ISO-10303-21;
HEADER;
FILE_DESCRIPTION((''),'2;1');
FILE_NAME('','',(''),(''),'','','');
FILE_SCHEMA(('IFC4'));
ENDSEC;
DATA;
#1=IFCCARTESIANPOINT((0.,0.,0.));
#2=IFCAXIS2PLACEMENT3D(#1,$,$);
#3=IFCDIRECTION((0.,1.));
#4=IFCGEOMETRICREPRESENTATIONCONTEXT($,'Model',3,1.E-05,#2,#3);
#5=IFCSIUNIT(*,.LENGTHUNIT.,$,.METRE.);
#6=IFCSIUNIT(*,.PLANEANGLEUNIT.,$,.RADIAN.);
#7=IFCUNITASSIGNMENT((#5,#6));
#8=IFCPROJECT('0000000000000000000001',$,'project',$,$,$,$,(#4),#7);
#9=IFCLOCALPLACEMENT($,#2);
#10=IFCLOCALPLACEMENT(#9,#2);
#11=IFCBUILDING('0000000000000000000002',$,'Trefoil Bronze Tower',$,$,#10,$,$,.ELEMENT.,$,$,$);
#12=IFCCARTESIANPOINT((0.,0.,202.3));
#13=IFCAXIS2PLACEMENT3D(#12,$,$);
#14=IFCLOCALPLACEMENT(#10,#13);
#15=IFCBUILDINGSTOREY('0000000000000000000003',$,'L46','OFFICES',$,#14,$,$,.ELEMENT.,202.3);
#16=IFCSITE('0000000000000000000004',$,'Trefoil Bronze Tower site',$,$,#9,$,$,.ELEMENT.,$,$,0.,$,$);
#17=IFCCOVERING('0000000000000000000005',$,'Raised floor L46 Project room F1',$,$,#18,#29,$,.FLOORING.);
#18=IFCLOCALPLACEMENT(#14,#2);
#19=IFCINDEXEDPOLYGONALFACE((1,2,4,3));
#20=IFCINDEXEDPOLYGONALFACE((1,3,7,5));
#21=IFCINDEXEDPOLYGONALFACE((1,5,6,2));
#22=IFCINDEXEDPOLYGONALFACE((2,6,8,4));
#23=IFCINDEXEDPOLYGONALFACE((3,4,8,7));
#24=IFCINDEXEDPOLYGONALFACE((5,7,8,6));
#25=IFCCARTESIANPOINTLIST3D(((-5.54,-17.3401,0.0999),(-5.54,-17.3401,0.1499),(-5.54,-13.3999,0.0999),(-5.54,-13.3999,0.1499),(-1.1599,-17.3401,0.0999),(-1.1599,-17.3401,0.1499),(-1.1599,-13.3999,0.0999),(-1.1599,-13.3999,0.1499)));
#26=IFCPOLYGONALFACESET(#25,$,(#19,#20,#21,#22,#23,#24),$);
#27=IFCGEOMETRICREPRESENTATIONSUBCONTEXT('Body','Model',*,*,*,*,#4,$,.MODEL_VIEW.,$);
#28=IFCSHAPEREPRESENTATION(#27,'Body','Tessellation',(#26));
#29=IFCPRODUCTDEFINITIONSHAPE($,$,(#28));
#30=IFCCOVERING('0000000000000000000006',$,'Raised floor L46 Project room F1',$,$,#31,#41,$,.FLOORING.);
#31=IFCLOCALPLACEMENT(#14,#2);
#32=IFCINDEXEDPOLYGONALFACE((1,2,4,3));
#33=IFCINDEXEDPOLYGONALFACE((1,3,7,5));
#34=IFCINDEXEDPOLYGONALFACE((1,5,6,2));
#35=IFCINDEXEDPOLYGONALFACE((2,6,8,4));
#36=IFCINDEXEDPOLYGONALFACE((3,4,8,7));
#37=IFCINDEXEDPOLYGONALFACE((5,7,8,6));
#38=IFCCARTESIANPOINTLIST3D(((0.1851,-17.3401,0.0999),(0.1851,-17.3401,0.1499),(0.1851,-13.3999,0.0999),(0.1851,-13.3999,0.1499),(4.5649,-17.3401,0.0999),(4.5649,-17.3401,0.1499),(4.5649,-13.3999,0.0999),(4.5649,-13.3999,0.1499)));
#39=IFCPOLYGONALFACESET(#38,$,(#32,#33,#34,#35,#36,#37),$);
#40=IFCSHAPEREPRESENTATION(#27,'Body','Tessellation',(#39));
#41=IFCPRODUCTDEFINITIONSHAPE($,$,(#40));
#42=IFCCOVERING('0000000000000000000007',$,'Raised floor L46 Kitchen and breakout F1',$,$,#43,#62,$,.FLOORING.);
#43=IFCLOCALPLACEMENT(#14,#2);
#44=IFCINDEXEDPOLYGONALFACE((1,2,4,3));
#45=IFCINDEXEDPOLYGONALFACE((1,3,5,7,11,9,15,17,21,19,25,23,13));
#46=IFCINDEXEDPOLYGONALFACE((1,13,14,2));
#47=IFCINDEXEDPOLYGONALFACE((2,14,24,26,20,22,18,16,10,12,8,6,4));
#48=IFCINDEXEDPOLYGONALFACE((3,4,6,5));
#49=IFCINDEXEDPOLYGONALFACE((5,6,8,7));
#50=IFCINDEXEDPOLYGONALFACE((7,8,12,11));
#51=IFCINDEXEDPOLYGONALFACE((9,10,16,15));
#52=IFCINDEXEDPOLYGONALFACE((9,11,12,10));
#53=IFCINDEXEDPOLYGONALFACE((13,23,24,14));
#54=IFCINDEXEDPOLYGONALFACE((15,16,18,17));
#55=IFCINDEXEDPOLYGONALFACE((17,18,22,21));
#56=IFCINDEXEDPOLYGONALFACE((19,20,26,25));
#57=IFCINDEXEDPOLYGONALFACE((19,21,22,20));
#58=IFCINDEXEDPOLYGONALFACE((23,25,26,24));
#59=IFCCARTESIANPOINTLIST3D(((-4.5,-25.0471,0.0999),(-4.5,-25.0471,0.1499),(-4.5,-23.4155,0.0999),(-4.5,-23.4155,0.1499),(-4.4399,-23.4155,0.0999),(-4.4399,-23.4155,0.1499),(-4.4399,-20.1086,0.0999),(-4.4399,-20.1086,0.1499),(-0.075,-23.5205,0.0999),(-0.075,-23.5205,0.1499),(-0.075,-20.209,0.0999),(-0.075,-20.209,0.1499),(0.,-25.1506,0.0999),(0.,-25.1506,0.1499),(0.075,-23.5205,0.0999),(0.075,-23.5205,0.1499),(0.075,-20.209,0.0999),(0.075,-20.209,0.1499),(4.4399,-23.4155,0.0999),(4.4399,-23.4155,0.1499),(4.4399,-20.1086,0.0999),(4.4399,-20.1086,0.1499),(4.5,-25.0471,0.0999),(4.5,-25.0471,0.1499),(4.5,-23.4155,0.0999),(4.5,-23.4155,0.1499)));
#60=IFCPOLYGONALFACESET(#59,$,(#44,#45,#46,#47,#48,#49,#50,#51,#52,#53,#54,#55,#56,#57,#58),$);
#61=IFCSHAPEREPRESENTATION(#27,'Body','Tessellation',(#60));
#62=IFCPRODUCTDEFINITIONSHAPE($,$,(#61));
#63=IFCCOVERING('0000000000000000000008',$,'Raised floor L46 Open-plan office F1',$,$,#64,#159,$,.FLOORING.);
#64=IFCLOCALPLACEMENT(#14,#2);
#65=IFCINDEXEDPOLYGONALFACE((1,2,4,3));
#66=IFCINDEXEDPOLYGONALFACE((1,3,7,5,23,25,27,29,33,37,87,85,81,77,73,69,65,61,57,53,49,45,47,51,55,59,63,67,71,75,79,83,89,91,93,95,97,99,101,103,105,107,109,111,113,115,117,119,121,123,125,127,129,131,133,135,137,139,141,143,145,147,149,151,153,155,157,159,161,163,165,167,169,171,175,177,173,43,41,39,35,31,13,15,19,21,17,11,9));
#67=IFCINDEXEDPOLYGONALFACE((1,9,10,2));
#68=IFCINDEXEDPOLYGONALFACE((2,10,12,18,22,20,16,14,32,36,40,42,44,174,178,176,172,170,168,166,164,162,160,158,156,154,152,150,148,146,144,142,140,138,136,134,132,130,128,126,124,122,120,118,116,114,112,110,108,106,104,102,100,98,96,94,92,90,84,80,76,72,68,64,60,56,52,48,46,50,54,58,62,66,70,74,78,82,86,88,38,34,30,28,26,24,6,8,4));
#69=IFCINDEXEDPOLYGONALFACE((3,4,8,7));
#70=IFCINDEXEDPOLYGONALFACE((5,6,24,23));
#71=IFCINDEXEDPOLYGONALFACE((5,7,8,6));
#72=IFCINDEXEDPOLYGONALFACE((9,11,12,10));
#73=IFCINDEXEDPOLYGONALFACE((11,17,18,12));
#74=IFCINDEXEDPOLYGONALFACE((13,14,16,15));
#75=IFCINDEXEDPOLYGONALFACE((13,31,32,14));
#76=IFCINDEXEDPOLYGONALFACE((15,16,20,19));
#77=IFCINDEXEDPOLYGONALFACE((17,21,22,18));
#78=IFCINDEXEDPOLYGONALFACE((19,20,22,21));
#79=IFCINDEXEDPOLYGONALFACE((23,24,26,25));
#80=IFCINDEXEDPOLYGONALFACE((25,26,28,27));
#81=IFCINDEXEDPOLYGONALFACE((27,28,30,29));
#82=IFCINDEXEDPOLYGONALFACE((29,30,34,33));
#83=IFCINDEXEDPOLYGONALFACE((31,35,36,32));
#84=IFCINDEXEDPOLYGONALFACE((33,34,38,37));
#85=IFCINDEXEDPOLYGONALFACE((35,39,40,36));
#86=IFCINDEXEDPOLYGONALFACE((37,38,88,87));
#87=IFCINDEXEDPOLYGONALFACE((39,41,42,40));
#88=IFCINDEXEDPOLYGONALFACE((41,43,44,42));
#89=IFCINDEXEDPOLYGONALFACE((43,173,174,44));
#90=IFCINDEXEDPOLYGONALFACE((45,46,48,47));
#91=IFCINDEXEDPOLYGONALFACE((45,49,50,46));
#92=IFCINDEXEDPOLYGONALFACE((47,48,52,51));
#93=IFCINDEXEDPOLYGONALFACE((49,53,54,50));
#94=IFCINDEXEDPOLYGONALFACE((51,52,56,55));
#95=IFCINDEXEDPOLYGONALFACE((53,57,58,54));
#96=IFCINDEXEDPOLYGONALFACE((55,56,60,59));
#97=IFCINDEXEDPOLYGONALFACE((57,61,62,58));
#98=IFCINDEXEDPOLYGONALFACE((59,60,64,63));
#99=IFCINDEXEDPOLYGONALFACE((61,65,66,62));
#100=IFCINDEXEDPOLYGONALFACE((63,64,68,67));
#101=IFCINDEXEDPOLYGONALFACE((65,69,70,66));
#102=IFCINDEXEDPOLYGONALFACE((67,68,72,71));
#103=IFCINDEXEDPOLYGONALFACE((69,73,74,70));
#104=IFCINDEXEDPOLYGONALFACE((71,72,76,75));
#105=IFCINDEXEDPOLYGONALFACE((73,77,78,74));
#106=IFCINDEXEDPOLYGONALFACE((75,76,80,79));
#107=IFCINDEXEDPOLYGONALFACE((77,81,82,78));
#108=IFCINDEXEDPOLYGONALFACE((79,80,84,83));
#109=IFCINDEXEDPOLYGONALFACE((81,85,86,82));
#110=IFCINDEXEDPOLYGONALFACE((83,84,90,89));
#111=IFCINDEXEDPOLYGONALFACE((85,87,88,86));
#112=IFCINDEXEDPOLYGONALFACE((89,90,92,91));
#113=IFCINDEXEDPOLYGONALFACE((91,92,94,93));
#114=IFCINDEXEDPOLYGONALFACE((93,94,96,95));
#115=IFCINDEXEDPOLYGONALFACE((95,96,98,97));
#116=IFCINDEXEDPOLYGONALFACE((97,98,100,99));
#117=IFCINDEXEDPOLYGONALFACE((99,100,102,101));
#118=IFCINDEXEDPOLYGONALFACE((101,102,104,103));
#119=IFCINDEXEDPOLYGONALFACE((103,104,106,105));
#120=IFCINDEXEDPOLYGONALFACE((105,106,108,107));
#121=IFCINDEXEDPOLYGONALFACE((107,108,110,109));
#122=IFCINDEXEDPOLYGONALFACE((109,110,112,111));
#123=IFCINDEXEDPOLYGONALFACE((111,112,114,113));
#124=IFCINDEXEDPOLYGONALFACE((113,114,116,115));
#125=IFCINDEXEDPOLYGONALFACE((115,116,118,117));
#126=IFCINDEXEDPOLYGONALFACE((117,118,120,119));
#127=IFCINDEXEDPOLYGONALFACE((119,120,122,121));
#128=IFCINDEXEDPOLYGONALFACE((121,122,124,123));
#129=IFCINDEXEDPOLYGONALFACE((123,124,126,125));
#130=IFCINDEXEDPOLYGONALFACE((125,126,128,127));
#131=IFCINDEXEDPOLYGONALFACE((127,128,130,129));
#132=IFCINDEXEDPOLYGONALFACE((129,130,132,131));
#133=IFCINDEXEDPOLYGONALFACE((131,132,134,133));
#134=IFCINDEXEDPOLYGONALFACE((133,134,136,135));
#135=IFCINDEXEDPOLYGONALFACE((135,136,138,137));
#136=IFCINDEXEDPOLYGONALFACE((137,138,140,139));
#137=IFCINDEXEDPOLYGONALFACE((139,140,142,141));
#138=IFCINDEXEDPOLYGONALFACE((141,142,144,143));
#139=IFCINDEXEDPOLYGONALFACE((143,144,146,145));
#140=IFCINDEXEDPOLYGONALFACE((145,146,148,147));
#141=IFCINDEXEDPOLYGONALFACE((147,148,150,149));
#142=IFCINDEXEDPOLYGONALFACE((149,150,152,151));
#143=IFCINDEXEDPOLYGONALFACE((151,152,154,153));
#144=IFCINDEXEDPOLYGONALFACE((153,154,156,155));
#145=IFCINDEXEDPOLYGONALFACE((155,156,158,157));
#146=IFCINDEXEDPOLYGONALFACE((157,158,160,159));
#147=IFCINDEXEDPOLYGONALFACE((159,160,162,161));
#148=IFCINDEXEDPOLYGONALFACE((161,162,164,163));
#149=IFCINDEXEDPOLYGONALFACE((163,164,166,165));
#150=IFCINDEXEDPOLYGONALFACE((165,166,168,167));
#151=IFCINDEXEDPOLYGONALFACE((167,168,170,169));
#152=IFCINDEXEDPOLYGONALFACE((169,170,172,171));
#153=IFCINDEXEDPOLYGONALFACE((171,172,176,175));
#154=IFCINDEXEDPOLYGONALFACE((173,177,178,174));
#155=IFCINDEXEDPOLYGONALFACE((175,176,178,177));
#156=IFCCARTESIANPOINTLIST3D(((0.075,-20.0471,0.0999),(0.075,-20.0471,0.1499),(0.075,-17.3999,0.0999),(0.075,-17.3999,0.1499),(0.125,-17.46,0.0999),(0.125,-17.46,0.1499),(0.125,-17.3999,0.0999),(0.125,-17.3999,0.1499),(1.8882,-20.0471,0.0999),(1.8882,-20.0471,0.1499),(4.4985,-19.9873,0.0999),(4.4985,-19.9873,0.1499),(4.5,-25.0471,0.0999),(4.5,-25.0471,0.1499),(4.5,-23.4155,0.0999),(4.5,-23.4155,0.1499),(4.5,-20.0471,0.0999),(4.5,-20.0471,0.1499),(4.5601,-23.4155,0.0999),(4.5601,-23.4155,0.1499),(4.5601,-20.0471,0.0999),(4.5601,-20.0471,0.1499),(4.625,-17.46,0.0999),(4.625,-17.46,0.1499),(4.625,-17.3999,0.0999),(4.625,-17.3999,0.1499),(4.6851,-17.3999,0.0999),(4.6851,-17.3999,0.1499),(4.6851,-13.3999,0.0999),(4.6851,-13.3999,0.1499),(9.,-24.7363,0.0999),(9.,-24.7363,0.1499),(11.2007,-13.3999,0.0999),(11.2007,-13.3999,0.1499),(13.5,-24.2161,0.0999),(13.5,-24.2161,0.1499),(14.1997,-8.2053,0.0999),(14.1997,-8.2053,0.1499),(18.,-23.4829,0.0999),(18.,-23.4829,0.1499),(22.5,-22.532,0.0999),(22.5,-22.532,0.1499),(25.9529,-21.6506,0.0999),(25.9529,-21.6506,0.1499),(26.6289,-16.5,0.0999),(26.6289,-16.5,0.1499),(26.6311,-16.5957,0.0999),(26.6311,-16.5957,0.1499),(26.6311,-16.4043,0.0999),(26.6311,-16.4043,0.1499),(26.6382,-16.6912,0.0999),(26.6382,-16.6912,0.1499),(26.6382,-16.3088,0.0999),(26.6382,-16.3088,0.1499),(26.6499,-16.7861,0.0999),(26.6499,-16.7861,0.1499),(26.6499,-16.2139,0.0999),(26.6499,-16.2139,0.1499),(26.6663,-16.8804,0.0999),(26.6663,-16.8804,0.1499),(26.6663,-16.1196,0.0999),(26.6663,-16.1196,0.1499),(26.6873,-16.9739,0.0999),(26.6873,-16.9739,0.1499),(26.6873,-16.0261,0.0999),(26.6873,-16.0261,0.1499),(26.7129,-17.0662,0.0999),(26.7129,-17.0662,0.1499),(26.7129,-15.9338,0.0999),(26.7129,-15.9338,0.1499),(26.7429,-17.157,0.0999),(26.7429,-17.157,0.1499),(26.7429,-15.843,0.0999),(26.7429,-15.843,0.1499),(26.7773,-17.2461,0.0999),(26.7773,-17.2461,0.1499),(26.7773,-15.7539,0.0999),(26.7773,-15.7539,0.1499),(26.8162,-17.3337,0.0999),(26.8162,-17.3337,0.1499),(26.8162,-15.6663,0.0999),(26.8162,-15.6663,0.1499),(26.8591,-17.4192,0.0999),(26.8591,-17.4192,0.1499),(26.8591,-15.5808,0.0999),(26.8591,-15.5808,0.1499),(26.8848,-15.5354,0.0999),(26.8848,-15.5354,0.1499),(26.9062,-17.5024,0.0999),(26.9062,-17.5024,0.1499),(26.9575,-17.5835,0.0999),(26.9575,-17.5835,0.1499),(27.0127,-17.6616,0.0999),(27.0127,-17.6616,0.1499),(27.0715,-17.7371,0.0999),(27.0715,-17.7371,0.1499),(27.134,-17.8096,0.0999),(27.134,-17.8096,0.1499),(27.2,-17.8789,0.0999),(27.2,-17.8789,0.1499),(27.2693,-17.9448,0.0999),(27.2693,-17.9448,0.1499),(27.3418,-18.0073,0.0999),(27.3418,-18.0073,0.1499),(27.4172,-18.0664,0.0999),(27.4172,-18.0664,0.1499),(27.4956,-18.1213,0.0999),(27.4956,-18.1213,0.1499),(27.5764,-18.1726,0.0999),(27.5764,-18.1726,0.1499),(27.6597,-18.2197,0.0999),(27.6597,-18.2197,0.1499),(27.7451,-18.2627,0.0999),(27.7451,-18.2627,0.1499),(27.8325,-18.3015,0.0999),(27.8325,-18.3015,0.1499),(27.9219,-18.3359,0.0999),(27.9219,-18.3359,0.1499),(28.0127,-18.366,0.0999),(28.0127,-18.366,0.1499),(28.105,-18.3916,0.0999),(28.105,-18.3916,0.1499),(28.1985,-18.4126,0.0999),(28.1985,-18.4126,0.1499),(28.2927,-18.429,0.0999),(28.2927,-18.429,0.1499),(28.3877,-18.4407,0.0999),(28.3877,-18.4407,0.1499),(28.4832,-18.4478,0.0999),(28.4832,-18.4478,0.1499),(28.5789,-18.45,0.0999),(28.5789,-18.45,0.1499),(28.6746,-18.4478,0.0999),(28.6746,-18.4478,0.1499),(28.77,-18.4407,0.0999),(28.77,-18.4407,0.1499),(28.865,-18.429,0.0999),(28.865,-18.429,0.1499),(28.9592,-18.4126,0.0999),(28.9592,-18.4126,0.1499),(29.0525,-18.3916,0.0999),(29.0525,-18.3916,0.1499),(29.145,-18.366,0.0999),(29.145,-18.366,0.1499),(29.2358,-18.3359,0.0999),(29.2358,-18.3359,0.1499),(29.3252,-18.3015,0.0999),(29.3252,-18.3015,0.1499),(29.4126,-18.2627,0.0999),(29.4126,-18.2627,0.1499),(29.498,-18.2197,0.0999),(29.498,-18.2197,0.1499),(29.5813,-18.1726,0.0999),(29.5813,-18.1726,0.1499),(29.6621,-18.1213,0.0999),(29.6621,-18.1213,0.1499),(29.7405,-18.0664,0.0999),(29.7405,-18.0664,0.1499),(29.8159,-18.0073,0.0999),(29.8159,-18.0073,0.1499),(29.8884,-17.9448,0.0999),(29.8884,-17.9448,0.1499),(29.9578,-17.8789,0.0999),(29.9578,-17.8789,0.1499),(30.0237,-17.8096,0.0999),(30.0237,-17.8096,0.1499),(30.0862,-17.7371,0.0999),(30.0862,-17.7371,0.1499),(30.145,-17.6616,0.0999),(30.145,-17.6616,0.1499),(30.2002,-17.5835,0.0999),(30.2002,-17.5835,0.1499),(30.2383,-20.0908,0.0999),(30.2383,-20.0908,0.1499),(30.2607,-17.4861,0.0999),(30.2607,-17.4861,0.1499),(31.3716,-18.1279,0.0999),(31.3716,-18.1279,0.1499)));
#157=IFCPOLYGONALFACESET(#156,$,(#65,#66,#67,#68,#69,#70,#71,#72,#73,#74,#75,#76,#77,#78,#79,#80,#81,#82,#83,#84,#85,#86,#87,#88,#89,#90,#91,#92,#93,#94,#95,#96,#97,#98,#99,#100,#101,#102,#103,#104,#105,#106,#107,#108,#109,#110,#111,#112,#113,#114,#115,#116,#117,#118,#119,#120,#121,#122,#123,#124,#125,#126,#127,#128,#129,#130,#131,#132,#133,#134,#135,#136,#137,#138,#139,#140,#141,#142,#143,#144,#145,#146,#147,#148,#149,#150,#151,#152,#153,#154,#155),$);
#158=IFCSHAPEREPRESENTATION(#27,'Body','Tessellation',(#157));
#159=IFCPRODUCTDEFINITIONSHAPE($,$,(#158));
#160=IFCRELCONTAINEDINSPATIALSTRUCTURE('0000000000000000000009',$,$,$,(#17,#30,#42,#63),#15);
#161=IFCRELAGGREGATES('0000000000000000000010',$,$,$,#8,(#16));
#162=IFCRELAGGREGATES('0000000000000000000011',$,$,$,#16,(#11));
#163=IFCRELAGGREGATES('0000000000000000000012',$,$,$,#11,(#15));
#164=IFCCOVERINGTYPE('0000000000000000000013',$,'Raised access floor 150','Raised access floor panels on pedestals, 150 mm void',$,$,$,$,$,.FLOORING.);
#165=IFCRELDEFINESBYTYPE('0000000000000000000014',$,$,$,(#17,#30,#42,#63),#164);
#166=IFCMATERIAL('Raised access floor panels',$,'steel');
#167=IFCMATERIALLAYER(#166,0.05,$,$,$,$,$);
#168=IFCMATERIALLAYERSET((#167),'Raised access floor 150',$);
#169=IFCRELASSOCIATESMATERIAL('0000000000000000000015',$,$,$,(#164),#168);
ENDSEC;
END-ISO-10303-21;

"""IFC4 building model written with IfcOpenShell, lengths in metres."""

from ifc_helpers import new_model, si_unit, direction, frame, origin, place, context, subcontext, project, spatial, polyline, outline, extrude, material, layer, layer_set, type_object, element, save


model = new_model("IFC4")

# Units and contexts
model_context = context("Model", 3, precision=1e-05, world=origin(), true_north=direction((0.0, 1.0)))
body_context = subcontext(model_context, "Body", "Model", "MODEL_VIEW")
ifc_project = project(units=[si_unit("LENGTHUNIT", "METRE"), si_unit("PLANEANGLEUNIT", "RADIAN")], contexts=[model_context])

# Site, building, storey
site_placement = place(None, origin())
site = spatial("IfcSite", under=ifc_project, at=site_placement, Name="Trefoil Bronze Tower site", CompositionType="ELEMENT", RefElevation=0.0)
building_placement = place(site_placement, origin())
building = spatial("IfcBuilding", under=site, at=building_placement, Name="Trefoil Bronze Tower", CompositionType="ELEMENT")
storey_placement = place(building_placement, frame((0.0, 0.0, 202.3)))
storey = spatial("IfcBuildingStorey", under=building, at=storey_placement, Name="L46", Description="OFFICES", CompositionType="ELEMENT", Elevation=202.3)

# Coverings
ifc_material_1 = material(Name="Raised access floor panels", Category="steel")
ifc_layer_1 = layer(ifc_material_1, 0.05)
ifc_layer_set_1 = layer_set([ifc_layer_1], Name="Raised access floor 150")
covering_type_1 = type_object("IfcCoveringType", Name="Raised access floor 150", Description="Raised access floor panels on pedestals, 150 mm void", PredefinedType="FLOORING", material=ifc_layer_set_1)
covering_1_placement = place(storey_placement, frame((0.0, 0.0, 0.0999)))
element("IfcCovering", 1, at=covering_1_placement, inside=storey, type_object=covering_type_1, Name="Raised floor L46 Project room F1", PredefinedType="FLOORING", context=body_context, shape_type="SweptSolid", body=[
    extrude(outline(polyline([(-1.1599, -13.3999), (-1.1599, -17.3401), (-5.54, -17.3401), (-5.54, -13.3999), (-1.1599, -13.3999)])), origin(), (0.0, 0.0, 1.0), 0.05),
])
covering_2_placement = place(storey_placement, frame((0.0, 0.0, 0.0999)))
element("IfcCovering", 2, at=covering_2_placement, inside=storey, type_object=covering_type_1, Name="Raised floor L46 Project room F1", PredefinedType="FLOORING", context=body_context, shape_type="SweptSolid", body=[
    extrude(outline(polyline([(4.5649, -13.3999), (4.5649, -17.3401), (0.1851, -17.3401), (0.1851, -13.3999), (4.5649, -13.3999)])), origin(), (0.0, 0.0, 1.0), 0.05),
])
covering_3_placement = place(storey_placement, frame((0.0, 0.0, 0.0999)))
element("IfcCovering", 3, at=covering_3_placement, inside=storey, type_object=covering_type_1, Name="Raised floor L46 Kitchen and breakout F1", PredefinedType="FLOORING", context=body_context, shape_type="SweptSolid", body=[
    extrude(outline(polyline([(0.0, -25.1506), (-4.5, -25.0471), (-4.5, -23.4155), (-4.4399, -23.4155), (-4.4399, -20.1086), (-0.075, -20.209), (-0.075, -23.5205), (0.075, -23.5205), (0.075, -20.209), (4.4399, -20.1086), (4.4399, -23.4155), (4.5, -23.4155), (4.5, -25.0471), (0.0, -25.1506)])), origin(), (0.0, 0.0, 1.0), 0.05),
])
covering_4_placement = place(storey_placement, frame((0.0, 0.0, 0.0999)))
element("IfcCovering", 4, at=covering_4_placement, inside=storey, type_object=covering_type_1, Name="Raised floor L46 Open-plan office F1", PredefinedType="FLOORING", context=body_context, shape_type="SweptSolid", body=[
    extrude(outline(polyline([(4.5, -25.0471), (4.5, -23.4155), (4.5601, -23.4155), (4.5601, -20.0471), (4.5, -20.0471), (4.4985, -19.9873), (1.8882, -20.0471), (0.075, -20.0471), (0.075, -17.3999), (0.125, -17.3999), (0.125, -17.46), (4.625, -17.46), (4.625, -17.3999), (4.6851, -17.3999), (4.6851, -13.3999), (11.2007, -13.3999), (14.1997, -8.2053), (26.8848, -15.5354), (26.8591, -15.5808), (26.8162, -15.6663), (26.7773, -15.7539), (26.7429, -15.843), (26.7129, -15.9338), (26.6873, -16.0261), (26.6663, -16.1196), (26.6499, -16.2139), (26.6382, -16.3088), (26.6311, -16.4043), (26.6289, -16.5), (26.6311, -16.5957), (26.6382, -16.6912), (26.6499, -16.7861), (26.6663, -16.8804), (26.6873, -16.9739), (26.7129, -17.0662), (26.7429, -17.157), (26.7773, -17.2461), (26.8162, -17.3337), (26.8591, -17.4192), (26.9062, -17.5024), (26.9575, -17.5835), (27.0127, -17.6616), (27.0715, -17.7371), (27.134, -17.8096), (27.2, -17.8789), (27.2693, -17.9448), (27.3418, -18.0073), (27.4172, -18.0664), (27.4956, -18.1213), (27.5764, -18.1726), (27.6597, -18.2197), (27.7451, -18.2627), (27.8325, -18.3015), (27.9219, -18.3359), (28.0127, -18.366), (28.105, -18.3916), (28.1985, -18.4126), (28.2927, -18.429), (28.3877, -18.4407), (28.4832, -18.4478), (28.5789, -18.45), (28.6746, -18.4478), (28.77, -18.4407), (28.865, -18.429), (28.9592, -18.4126), (29.0525, -18.3916), (29.145, -18.366), (29.2358, -18.3359), (29.3252, -18.3015), (29.4126, -18.2627), (29.498, -18.2197), (29.5813, -18.1726), (29.6621, -18.1213), (29.7405, -18.0664), (29.8159, -18.0073), (29.8884, -17.9448), (29.9578, -17.8789), (30.0237, -17.8096), (30.0862, -17.7371), (30.145, -17.6616), (30.2002, -17.5835), (30.2607, -17.4861), (31.3716, -18.1279), (30.2383, -20.0908), (25.9529, -21.6506), (22.5, -22.532), (18.0, -23.4829), (13.5, -24.2161), (9.0, -24.7363), (4.5, -25.0471)])), origin(), (0.0, 0.0, 1.0), 0.05),
])

save(model, "model.ifc")
